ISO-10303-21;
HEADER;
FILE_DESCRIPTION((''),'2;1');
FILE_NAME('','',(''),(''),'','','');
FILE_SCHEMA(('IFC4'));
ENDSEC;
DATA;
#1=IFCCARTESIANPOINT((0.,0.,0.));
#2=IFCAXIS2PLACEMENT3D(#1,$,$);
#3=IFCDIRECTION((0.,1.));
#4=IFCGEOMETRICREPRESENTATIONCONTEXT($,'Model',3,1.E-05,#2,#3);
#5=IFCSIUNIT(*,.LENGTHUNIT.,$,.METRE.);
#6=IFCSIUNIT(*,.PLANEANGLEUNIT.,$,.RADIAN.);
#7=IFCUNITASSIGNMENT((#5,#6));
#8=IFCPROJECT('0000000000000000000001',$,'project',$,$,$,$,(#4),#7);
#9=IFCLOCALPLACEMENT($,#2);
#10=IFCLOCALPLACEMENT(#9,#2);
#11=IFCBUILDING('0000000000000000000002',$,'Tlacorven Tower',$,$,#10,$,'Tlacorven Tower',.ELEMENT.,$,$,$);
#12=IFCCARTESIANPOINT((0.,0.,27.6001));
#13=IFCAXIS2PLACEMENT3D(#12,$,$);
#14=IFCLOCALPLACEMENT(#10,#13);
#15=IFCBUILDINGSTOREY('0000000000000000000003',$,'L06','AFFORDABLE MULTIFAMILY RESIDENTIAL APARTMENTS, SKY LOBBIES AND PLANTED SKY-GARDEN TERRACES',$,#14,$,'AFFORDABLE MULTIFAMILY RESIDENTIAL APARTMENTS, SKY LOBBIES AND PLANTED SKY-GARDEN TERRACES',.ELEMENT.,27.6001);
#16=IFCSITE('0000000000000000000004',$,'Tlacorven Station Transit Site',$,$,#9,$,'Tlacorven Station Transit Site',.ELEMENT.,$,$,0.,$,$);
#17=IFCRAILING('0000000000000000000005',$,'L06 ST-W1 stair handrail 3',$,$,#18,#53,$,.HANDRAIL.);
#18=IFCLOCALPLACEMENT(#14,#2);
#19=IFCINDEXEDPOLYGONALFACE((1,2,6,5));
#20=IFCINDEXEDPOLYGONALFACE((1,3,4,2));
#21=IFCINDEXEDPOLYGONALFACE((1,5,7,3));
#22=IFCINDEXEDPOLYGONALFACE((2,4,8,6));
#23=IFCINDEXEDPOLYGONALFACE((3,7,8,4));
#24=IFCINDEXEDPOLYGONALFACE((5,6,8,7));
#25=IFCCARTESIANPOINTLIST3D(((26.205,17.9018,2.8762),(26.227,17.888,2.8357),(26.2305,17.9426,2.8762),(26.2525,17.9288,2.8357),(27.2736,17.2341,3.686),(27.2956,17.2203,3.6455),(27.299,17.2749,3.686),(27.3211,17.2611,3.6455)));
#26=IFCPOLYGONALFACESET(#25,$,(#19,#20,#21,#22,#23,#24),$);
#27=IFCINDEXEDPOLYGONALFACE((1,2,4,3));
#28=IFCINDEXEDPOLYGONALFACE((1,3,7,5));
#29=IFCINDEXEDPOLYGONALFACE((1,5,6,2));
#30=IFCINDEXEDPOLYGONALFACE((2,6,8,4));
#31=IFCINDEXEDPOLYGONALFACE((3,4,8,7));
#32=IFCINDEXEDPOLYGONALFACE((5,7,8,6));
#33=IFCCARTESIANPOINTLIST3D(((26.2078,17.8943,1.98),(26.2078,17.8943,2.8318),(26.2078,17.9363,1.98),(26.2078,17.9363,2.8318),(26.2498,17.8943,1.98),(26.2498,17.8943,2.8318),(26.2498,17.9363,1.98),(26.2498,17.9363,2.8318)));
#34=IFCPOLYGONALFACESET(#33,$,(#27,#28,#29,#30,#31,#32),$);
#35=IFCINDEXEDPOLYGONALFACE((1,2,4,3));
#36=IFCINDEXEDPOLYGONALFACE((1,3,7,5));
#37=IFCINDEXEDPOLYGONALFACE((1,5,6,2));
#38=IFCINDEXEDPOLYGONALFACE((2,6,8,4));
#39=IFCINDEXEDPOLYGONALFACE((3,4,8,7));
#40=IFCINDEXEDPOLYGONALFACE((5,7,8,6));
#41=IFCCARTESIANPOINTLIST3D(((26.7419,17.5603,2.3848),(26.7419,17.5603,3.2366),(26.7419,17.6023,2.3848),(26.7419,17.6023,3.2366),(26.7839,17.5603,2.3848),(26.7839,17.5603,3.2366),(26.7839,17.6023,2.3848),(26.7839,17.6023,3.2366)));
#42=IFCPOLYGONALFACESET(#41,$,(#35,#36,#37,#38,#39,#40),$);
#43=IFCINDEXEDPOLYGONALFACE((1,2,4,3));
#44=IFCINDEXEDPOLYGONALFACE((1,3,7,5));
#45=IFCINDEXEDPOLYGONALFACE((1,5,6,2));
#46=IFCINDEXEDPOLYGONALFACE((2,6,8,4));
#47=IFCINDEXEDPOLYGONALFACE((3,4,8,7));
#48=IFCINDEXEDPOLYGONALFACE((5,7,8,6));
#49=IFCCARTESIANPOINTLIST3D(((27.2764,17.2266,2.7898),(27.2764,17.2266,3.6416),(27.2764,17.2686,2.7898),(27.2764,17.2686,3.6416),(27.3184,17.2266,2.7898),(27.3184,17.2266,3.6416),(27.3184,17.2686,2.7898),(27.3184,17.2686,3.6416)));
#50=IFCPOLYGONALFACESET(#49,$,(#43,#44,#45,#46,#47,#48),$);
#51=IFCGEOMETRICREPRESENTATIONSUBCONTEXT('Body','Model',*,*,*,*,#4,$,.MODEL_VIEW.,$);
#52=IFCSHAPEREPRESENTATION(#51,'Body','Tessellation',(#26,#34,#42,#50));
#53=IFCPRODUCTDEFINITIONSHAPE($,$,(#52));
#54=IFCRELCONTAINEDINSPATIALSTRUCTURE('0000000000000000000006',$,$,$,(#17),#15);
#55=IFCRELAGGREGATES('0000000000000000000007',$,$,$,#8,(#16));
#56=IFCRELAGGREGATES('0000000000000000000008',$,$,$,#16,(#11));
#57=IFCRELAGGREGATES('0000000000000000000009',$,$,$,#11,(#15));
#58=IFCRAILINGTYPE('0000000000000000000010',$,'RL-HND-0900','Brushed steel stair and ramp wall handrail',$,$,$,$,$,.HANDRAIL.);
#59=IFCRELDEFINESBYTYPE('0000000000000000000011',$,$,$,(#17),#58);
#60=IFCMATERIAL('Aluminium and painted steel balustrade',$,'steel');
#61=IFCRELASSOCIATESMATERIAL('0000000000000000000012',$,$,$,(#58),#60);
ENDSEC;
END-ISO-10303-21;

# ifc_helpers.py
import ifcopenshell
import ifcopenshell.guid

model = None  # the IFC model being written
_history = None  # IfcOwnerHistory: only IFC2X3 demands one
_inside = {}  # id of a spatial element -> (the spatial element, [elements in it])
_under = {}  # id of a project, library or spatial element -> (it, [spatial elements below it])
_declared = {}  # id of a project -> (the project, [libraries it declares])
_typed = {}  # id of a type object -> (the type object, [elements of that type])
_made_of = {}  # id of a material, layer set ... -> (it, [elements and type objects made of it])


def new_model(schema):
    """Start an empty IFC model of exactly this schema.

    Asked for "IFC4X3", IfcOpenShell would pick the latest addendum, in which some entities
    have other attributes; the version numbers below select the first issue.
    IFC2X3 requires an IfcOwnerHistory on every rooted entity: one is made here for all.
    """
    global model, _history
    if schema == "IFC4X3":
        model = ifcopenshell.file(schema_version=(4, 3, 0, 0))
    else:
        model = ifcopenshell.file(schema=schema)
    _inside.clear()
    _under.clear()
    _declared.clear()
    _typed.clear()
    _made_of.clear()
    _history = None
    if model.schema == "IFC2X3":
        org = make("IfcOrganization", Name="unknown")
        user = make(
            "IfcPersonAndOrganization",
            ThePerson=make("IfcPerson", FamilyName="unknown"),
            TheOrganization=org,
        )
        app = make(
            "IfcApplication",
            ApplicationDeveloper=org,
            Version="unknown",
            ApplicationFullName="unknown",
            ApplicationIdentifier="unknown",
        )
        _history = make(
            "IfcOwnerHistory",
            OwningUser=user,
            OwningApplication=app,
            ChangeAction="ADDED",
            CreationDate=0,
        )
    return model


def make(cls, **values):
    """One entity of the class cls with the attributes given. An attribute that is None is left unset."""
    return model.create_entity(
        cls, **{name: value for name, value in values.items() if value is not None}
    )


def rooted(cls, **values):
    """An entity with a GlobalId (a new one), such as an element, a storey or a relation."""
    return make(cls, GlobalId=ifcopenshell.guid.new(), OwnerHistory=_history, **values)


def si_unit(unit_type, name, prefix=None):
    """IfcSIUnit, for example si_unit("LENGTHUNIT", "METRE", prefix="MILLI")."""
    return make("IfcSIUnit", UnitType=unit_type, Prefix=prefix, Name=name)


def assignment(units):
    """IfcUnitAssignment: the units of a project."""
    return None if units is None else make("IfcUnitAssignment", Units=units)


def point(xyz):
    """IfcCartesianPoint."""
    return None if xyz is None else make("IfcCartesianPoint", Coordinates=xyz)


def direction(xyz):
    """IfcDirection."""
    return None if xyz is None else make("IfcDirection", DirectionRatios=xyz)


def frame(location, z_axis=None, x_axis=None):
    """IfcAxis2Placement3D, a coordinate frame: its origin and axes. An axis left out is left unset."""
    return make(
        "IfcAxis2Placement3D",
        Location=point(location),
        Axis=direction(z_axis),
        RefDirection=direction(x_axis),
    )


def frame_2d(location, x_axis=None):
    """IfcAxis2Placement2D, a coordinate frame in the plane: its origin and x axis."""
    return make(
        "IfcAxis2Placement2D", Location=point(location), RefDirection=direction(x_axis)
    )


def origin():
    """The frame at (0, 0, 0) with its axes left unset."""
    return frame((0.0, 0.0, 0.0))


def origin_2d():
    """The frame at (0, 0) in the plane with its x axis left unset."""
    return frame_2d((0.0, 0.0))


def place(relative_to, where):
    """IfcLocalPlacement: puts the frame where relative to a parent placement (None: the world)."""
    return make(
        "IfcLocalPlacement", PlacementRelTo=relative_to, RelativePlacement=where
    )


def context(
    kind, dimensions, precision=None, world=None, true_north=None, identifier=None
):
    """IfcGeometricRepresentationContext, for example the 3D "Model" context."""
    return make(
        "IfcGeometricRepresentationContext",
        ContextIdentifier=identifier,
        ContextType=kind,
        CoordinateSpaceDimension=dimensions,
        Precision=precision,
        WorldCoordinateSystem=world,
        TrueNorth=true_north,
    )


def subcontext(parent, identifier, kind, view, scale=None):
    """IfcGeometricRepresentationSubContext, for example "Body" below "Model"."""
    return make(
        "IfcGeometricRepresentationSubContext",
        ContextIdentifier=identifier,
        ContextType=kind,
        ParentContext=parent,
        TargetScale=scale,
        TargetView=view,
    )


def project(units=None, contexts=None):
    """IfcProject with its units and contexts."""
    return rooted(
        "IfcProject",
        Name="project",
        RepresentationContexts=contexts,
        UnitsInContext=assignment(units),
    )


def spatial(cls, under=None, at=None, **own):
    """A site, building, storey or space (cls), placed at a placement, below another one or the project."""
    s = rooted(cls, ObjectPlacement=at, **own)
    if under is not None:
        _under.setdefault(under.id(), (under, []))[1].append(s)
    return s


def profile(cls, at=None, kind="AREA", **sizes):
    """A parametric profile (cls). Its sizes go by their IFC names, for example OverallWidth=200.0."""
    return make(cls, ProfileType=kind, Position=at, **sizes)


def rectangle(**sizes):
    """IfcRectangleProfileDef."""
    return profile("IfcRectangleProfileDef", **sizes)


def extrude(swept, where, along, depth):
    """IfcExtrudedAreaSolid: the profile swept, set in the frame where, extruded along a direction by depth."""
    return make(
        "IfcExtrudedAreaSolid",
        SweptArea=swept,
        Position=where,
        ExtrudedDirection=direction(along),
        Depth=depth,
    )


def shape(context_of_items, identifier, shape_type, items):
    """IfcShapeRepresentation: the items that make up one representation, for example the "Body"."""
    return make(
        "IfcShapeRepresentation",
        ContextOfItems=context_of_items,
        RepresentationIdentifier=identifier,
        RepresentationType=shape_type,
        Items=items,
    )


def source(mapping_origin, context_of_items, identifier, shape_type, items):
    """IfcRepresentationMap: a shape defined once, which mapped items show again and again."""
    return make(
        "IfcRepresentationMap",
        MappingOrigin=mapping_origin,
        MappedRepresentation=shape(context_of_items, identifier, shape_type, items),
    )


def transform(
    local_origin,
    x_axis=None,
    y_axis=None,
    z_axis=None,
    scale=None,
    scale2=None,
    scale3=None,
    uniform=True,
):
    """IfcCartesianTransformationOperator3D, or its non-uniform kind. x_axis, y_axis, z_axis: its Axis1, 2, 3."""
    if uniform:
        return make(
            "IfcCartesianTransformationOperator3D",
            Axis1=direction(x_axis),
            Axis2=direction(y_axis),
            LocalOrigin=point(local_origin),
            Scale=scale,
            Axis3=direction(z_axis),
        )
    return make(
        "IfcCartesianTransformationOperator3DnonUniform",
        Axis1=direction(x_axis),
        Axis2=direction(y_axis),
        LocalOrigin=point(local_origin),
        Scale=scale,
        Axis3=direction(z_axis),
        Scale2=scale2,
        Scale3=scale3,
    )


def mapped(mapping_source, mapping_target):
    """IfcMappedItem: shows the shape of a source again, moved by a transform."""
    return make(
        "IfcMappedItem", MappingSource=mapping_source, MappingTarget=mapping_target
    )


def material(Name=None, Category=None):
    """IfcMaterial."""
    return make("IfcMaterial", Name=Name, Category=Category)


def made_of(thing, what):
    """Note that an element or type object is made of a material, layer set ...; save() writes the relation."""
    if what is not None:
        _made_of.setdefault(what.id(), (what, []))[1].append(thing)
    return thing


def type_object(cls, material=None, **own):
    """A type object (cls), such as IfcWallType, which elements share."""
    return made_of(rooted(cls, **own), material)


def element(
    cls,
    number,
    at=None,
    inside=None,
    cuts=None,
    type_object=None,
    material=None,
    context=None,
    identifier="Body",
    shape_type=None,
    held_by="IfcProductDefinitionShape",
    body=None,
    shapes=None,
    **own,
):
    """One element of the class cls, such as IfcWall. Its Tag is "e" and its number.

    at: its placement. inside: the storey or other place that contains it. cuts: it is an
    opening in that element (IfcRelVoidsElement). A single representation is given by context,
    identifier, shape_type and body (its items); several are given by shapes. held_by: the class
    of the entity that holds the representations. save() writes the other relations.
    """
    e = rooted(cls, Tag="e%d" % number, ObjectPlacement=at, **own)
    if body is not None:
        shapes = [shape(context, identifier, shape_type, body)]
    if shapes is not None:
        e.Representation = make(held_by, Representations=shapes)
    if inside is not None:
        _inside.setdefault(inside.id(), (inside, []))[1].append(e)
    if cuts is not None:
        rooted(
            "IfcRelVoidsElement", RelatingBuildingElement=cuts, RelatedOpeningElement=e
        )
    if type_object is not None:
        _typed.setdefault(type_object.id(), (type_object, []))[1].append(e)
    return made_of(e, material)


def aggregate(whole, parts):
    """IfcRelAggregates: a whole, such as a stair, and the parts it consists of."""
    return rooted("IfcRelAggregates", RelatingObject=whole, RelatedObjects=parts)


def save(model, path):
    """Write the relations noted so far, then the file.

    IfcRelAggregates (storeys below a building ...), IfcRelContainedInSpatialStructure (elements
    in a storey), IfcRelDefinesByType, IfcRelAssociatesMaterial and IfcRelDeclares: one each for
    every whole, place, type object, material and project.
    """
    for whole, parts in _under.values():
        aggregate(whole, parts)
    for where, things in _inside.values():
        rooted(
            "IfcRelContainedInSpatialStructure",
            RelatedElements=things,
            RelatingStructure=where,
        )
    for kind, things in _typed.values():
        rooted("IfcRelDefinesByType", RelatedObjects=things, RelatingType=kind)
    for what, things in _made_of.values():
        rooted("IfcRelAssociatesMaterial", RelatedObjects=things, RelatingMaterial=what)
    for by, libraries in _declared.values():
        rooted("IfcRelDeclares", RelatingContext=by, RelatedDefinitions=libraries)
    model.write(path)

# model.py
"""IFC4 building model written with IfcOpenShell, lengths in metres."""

from ifc_helpers import new_model, si_unit, direction, frame, origin, origin_2d, place, context, subcontext, project, spatial, rectangle, extrude, source, transform, mapped, material, type_object, element, save


model = new_model("IFC4")

# Units and contexts
model_context = context("Model", 3, precision=1e-05, world=origin(), true_north=direction((0.0, 1.0)))
body_context = subcontext(model_context, "Body", "Model", "MODEL_VIEW")
ifc_project = project(units=[si_unit("LENGTHUNIT", "METRE"), si_unit("PLANEANGLEUNIT", "RADIAN")], contexts=[model_context])

# Site, building, storey
site_placement = place(None, origin())
site = spatial("IfcSite", under=ifc_project, at=site_placement, Name="Tlacorven Station Transit Site", LongName="Tlacorven Station Transit Site", CompositionType="ELEMENT", RefElevation=0.0)
building_placement = place(site_placement, origin())
building = spatial("IfcBuilding", under=site, at=building_placement, Name="Tlacorven Tower", LongName="Tlacorven Tower", CompositionType="ELEMENT")
storey_placement = place(building_placement, frame((0.0, 0.0, 27.6001)))
storey = spatial("IfcBuildingStorey", under=building, at=storey_placement, Name="L06", Description="AFFORDABLE MULTIFAMILY RESIDENTIAL APARTMENTS, SKY LOBBIES AND PLANTED SKY-GARDEN TERRACES", LongName="AFFORDABLE MULTIFAMILY RESIDENTIAL APARTMENTS, SKY LOBBIES AND PLANTED SKY-GARDEN TERRACES", CompositionType="ELEMENT", Elevation=27.6001)

# Railing
ifc_material_1 = material(Name="Aluminium and painted steel balustrade", Category="steel")
railing_type_1 = type_object("IfcRailingType", Name="RL-HND-0900", Description="Brushed steel stair and ramp wall handrail", PredefinedType="HANDRAIL", material=ifc_material_1)
shared_shape_1 = source(origin(), body_context, "Body", "SweptSolid", [
    extrude(rectangle(XDim=0.0481, YDim=0.0481, at=origin_2d()), frame((0.0, 0.0, 0.876), z_axis=(0.713423, -0.445787, 0.540649), x_axis=(0.529912, 0.848053, 0.0)), (0.0, 0.0, 1.0), 1.4978),
    extrude(rectangle(XDim=0.042, YDim=0.042, at=origin_2d()), origin(), (0.0, 0.0, 1.0), 0.8518),
    extrude(rectangle(XDim=0.042, YDim=0.042, at=origin_2d()), frame((0.5342, -0.334, 0.4048)), (0.0, 0.0, 1.0), 0.8518),
    extrude(rectangle(XDim=0.042, YDim=0.042, at=origin_2d()), frame((1.0686, -0.6677, 0.8098)), (0.0, 0.0, 1.0), 0.8518),
])
railing_1_placement = place(storey_placement, frame((26.2288, 17.9153, 1.98)))
element("IfcRailing", 1, at=railing_1_placement, inside=storey, type_object=railing_type_1, Name="L06 ST-W1 stair handrail 3", PredefinedType="HANDRAIL", context=body_context, shape_type="MappedRepresentation", body=[
    mapped(shared_shape_1, transform((0.0, 0.0, 0.0), scale=1.0)),
])

save(model, "model.ifc")
